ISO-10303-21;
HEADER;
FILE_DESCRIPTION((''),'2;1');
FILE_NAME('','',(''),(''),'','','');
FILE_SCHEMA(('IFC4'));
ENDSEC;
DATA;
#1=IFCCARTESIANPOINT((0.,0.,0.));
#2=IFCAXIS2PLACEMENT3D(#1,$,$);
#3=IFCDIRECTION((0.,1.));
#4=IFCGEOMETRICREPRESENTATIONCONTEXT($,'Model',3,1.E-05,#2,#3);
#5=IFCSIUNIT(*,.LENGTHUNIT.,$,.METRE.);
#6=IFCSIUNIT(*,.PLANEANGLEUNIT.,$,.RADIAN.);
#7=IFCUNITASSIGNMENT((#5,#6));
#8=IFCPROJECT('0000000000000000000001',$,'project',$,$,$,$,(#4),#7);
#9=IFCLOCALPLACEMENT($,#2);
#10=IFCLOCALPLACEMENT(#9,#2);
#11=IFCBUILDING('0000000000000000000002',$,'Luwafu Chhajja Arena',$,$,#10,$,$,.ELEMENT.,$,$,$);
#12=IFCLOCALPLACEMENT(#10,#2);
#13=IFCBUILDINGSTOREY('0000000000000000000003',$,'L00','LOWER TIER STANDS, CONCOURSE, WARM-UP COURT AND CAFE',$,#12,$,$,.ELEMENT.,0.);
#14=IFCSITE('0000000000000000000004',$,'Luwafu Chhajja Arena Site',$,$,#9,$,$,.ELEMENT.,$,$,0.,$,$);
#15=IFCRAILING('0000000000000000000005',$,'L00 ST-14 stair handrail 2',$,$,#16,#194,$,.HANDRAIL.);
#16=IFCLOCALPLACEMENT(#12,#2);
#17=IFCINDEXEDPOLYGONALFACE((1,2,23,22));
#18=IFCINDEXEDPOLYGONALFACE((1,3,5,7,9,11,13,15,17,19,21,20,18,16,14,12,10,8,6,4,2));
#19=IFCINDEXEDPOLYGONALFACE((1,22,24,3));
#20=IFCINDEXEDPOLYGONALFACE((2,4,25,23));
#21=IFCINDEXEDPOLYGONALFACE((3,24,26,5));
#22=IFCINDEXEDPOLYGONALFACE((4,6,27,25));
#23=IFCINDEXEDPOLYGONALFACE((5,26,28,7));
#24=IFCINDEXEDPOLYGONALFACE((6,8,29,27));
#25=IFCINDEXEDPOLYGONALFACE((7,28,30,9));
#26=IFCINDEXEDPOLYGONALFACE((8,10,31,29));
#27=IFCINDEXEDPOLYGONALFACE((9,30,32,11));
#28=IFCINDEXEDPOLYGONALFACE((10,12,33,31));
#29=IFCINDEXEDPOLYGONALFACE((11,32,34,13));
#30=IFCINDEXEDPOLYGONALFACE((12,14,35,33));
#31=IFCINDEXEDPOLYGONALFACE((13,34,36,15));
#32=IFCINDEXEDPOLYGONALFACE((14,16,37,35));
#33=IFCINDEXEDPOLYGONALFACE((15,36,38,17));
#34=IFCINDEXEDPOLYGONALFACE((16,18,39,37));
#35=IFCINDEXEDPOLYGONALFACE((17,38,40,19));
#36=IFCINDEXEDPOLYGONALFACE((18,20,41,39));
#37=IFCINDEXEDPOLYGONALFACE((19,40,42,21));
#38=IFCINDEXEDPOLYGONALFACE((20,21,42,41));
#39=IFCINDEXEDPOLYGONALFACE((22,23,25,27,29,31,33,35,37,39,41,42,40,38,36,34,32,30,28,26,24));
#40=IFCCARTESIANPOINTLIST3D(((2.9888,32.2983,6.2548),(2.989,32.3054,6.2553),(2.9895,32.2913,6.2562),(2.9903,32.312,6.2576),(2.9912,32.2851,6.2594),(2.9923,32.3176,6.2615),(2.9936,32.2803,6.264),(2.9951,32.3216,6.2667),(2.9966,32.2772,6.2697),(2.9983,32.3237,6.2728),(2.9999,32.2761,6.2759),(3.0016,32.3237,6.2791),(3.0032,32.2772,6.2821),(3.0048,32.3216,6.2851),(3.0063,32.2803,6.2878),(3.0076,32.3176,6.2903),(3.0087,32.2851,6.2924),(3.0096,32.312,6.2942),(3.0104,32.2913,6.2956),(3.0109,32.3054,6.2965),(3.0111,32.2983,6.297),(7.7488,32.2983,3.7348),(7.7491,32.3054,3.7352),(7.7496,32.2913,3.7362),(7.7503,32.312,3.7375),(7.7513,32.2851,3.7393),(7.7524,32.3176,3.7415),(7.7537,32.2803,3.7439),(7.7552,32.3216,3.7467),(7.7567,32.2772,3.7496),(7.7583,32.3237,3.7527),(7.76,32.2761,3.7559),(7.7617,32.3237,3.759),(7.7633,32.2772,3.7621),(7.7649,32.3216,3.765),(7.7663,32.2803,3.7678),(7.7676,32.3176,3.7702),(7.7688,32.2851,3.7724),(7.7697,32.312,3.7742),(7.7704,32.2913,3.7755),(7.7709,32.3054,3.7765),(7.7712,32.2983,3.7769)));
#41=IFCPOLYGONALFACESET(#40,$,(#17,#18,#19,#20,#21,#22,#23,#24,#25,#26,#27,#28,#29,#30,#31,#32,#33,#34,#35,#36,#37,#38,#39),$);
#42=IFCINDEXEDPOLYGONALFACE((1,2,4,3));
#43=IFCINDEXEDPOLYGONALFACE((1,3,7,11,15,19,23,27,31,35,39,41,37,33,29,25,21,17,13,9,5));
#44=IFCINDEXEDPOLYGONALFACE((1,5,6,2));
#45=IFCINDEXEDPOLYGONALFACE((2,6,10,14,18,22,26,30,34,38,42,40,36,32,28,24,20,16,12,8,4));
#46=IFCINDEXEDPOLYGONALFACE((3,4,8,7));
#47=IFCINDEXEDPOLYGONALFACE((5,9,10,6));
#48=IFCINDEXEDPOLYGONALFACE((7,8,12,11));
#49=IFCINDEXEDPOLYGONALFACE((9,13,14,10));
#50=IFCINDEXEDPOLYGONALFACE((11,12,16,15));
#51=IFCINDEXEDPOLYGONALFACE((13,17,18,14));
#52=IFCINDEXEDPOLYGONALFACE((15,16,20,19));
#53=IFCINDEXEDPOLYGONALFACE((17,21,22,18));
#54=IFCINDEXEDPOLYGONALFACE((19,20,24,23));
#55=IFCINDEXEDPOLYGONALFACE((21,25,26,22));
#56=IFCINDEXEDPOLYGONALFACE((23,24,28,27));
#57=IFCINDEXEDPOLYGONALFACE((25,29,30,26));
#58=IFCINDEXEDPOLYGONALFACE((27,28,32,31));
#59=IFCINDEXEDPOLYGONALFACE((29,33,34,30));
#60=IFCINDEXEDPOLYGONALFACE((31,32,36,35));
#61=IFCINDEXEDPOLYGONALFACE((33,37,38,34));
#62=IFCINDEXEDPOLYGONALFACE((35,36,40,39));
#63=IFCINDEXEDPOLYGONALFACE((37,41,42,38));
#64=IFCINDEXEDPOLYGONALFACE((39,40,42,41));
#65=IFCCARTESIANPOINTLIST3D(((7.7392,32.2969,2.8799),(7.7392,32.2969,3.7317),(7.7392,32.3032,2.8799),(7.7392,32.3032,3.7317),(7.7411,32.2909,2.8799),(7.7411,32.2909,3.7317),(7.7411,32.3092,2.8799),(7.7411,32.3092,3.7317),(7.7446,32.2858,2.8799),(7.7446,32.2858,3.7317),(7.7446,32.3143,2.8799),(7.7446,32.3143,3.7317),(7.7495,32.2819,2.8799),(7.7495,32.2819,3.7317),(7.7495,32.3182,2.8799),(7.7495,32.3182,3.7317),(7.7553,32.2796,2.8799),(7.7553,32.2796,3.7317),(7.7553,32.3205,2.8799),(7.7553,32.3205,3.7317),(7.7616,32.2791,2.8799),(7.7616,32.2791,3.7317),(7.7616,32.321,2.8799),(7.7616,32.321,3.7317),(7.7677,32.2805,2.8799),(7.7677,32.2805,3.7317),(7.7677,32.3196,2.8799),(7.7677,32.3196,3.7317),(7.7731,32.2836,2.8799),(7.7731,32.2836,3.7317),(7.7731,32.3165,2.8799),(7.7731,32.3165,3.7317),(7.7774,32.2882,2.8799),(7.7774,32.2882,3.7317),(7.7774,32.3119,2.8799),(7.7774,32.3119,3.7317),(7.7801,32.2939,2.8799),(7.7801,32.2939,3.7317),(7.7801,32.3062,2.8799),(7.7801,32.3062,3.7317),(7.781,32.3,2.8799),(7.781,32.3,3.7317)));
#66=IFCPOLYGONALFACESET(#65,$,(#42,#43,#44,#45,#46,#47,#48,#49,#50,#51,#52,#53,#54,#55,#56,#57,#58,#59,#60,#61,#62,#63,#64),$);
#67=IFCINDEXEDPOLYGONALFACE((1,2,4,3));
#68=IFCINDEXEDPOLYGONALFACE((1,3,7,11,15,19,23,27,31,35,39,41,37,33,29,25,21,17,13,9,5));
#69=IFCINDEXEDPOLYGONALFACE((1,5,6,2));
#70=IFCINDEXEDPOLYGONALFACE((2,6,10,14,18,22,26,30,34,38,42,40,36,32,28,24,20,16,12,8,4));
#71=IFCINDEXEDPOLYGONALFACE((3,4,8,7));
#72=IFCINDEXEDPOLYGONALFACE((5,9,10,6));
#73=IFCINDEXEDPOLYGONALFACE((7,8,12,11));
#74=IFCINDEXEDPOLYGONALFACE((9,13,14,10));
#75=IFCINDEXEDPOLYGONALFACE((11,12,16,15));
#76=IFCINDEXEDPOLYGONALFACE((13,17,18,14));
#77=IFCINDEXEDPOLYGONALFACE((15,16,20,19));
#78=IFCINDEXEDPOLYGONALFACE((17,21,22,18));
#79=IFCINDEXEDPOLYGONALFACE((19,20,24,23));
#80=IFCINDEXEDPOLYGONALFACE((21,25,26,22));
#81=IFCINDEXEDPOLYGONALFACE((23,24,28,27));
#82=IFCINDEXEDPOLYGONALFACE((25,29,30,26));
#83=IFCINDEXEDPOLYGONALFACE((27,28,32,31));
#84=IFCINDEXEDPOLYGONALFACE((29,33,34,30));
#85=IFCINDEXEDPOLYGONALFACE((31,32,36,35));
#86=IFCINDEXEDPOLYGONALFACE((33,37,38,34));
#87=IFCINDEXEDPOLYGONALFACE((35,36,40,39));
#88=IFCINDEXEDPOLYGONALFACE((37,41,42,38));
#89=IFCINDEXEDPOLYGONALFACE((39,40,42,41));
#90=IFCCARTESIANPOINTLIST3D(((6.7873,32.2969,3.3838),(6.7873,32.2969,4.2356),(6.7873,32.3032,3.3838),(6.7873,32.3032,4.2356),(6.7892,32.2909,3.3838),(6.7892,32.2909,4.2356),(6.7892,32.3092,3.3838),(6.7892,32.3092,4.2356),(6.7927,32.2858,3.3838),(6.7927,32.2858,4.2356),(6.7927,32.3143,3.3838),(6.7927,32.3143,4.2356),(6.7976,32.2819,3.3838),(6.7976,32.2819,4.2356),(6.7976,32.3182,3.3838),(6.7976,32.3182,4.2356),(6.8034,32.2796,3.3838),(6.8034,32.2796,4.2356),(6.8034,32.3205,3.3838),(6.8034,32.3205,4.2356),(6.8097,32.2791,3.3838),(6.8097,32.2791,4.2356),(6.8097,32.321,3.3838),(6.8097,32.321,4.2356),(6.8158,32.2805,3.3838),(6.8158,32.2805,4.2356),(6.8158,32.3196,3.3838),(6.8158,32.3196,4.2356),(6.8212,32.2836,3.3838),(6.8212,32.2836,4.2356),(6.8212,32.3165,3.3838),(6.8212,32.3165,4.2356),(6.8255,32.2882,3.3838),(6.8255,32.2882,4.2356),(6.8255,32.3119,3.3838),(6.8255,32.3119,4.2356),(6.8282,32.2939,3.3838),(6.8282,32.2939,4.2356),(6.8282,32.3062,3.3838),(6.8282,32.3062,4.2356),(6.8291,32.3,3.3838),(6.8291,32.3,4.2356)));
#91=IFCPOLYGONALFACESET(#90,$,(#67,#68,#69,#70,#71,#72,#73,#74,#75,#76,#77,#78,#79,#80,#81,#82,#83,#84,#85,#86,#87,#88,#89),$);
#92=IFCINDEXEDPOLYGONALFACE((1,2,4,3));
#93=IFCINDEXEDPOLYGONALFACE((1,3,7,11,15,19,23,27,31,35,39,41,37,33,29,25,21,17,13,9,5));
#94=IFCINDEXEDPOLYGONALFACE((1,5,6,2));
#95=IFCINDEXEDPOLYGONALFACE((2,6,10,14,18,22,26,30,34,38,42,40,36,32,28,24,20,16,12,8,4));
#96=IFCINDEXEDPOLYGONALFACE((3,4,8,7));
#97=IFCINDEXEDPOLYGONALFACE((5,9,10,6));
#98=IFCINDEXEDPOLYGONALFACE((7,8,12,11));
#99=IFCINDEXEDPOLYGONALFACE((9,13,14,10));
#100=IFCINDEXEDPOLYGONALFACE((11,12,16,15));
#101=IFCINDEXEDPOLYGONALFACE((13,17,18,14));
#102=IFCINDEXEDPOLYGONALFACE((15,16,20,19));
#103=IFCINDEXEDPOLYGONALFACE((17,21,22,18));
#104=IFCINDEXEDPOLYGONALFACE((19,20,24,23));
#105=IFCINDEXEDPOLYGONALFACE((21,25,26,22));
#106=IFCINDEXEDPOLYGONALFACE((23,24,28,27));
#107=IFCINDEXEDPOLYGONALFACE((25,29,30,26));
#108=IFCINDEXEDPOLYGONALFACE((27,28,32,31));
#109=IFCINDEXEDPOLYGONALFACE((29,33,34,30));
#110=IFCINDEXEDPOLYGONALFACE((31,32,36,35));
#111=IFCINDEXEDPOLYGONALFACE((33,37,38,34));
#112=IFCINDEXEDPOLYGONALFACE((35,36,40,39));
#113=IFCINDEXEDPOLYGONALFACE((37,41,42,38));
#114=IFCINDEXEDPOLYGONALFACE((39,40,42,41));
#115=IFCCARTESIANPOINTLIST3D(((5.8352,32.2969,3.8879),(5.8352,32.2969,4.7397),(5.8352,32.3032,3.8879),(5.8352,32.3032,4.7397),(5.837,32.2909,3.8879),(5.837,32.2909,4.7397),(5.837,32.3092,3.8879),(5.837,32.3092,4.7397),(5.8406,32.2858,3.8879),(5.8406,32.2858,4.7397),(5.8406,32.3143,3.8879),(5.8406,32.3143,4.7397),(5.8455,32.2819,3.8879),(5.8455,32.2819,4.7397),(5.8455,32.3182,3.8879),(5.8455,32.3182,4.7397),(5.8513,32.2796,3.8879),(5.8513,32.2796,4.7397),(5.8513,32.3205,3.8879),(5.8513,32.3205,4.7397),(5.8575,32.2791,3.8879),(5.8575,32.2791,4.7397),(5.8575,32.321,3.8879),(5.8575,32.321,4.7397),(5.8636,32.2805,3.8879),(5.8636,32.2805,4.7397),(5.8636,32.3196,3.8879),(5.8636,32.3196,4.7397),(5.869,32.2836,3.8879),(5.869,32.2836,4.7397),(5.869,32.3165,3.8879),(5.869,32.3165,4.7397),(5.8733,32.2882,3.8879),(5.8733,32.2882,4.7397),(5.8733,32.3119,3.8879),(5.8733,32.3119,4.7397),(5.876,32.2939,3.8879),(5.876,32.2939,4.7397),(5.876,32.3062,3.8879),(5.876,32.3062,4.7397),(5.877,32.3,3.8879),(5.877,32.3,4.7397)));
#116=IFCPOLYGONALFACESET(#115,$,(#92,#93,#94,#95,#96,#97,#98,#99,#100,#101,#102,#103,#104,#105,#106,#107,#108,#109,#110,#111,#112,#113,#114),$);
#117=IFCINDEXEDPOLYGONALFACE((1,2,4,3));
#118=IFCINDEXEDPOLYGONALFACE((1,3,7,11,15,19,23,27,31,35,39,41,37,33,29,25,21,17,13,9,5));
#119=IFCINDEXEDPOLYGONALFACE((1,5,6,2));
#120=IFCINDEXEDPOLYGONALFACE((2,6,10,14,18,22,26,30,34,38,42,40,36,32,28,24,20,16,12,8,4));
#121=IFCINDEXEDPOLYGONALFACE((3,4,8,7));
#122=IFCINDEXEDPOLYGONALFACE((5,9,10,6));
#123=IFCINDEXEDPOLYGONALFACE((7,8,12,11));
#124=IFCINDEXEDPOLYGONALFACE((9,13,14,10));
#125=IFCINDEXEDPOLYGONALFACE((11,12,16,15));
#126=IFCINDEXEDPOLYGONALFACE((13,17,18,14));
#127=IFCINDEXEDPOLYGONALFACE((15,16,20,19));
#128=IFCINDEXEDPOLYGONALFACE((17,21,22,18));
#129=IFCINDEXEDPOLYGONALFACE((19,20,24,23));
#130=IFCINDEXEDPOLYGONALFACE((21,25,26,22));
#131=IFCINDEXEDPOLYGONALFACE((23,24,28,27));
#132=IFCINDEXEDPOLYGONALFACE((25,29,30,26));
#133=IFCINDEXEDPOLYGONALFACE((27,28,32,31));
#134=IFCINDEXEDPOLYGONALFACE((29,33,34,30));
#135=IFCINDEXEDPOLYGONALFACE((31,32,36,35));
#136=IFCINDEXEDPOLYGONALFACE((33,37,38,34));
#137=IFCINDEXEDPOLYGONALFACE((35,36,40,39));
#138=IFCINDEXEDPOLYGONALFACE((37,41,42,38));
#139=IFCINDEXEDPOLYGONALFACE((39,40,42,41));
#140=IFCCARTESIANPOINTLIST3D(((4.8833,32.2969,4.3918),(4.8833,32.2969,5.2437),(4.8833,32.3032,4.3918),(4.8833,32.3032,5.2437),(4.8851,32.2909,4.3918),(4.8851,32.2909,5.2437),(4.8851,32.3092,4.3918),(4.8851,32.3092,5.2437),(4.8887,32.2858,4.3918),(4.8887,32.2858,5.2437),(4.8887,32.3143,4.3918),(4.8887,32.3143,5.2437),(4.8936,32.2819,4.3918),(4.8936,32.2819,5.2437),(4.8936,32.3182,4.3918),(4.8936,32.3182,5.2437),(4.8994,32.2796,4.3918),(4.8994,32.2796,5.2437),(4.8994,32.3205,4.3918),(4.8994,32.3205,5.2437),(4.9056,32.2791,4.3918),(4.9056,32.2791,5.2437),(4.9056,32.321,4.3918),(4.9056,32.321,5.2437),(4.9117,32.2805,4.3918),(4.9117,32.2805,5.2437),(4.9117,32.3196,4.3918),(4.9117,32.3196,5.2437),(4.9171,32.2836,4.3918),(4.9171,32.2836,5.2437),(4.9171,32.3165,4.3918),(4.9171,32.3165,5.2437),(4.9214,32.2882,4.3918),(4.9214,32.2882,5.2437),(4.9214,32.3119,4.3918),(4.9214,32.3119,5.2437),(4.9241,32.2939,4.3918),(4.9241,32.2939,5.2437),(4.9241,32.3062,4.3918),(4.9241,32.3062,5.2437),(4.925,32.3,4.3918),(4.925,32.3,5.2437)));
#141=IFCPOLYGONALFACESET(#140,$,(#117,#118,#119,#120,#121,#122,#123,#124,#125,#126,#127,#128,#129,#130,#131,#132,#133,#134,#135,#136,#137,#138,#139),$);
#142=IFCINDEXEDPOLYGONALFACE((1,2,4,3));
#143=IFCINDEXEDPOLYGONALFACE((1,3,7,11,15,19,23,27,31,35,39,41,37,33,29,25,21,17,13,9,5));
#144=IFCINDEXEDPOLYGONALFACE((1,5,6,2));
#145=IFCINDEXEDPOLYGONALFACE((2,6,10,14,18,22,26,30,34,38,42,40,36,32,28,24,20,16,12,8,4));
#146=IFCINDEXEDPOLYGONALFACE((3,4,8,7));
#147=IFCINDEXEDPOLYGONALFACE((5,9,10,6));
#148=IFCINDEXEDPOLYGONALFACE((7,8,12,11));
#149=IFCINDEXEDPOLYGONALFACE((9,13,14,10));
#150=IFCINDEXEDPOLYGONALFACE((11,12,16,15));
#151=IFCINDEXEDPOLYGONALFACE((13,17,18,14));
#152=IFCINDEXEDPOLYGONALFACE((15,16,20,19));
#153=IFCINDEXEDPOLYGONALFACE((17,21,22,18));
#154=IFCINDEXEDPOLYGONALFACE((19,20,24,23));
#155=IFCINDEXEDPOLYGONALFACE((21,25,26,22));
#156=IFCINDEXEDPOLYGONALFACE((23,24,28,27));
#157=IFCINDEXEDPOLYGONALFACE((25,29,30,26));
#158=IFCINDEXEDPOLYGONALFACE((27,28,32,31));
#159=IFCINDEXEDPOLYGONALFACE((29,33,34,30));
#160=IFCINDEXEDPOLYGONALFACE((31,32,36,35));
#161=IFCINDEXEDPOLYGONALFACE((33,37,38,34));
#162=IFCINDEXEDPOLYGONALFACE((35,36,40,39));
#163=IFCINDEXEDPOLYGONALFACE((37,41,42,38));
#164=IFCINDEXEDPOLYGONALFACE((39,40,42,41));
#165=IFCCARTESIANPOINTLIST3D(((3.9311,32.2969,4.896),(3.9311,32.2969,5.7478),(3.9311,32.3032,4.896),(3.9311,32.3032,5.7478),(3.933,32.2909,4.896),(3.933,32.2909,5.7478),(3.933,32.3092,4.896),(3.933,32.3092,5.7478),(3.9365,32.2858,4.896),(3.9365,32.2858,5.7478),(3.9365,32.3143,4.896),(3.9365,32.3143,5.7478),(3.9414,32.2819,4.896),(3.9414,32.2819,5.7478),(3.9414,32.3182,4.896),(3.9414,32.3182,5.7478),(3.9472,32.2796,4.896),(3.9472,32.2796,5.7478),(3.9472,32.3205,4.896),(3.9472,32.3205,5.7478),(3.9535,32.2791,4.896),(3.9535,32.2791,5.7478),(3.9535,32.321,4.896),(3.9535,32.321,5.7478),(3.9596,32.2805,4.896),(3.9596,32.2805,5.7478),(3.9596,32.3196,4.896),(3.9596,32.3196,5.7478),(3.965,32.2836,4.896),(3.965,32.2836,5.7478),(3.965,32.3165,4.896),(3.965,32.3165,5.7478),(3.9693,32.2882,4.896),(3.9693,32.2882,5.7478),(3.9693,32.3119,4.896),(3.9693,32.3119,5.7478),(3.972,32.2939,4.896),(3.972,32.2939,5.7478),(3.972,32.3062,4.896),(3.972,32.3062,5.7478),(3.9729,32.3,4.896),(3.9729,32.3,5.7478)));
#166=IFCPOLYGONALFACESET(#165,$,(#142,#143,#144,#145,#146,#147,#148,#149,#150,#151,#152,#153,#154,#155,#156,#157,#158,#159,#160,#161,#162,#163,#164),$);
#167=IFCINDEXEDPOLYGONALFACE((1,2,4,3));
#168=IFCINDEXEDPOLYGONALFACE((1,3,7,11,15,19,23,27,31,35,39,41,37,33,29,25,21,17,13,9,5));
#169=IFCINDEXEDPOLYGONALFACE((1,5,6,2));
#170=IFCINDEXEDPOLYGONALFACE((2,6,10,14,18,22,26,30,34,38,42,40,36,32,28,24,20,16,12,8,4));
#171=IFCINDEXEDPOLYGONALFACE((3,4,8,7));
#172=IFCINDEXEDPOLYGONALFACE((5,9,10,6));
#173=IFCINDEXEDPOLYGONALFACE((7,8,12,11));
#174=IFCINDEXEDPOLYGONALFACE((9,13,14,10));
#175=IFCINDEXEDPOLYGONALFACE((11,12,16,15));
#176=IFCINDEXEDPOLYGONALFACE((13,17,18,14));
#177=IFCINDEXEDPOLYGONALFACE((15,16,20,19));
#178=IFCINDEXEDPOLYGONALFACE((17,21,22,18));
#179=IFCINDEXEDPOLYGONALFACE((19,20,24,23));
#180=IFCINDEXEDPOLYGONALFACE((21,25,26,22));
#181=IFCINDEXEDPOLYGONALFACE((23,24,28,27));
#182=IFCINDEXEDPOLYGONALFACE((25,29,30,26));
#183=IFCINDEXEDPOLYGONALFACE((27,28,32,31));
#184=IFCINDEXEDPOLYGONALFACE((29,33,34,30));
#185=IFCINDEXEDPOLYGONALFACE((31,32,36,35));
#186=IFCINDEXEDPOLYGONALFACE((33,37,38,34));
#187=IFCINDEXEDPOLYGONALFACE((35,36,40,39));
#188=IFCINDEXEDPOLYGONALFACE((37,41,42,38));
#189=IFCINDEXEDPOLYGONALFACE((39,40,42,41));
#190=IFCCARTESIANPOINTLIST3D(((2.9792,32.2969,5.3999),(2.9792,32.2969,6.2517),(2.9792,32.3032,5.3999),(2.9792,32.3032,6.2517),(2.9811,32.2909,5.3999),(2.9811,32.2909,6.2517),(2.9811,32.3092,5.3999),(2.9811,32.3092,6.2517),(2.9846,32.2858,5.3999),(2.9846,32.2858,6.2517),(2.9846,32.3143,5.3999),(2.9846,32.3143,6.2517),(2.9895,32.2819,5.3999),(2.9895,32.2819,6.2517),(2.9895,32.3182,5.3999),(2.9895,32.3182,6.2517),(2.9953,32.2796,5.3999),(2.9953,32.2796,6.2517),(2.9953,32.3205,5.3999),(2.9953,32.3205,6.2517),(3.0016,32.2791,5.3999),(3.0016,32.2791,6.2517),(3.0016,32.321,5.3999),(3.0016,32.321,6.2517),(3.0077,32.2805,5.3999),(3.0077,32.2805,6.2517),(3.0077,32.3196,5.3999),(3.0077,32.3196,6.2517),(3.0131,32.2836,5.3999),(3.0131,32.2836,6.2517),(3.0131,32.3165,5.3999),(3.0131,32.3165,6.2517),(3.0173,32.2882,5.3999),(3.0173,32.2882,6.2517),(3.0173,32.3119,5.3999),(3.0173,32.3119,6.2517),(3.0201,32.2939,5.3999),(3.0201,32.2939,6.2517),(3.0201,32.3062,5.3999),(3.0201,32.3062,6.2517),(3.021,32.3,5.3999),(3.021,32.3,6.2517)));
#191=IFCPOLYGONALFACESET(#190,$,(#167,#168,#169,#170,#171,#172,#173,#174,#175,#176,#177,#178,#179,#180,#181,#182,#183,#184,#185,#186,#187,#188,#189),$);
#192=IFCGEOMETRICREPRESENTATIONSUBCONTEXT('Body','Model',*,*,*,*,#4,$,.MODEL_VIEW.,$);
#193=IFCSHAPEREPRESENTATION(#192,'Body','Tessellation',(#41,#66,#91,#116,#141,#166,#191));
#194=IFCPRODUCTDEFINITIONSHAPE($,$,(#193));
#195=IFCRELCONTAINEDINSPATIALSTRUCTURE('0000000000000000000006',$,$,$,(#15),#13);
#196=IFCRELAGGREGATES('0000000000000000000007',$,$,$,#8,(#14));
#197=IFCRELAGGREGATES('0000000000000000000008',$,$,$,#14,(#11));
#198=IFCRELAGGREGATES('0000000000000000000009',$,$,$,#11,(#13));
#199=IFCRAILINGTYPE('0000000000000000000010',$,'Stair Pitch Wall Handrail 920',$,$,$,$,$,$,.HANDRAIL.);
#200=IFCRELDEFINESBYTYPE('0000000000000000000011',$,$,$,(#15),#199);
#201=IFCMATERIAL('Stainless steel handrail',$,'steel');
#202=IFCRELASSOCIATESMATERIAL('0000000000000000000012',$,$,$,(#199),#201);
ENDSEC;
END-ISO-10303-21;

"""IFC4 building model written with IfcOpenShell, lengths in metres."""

from ifc_helpers import new_model, si_unit, direction, frame, origin, origin_2d, place, context, subcontext, project, spatial, circle, extrude, material, type_object, element, save


model = new_model("IFC4")

# Units and contexts
model_context = context("Model", 3, precision=1e-05, world=origin(), true_north=direction((0.0, 1.0)))
body_context = subcontext(model_context, "Body", "Model", "MODEL_VIEW")
ifc_project = project(units=[si_unit("LENGTHUNIT", "METRE"), si_unit("PLANEANGLEUNIT", "RADIAN")], contexts=[model_context])

# Site, building, storey
site_placement = place(None, origin())
site = spatial("IfcSite", under=ifc_project, at=site_placement, Name="Luwafu Chhajja Arena Site", CompositionType="ELEMENT", RefElevation=0.0)
building_placement = place(site_placement, origin())
building = spatial("IfcBuilding", under=site, at=building_placement, Name="Luwafu Chhajja Arena", CompositionType="ELEMENT")
storey_placement = place(building_placement, origin())
storey = spatial("IfcBuildingStorey", under=building, at=storey_placement, Name="L00", Description="LOWER TIER STANDS, CONCOURSE, WARM-UP COURT AND CAFE", CompositionType="ELEMENT", Elevation=0.0)

# Railing
ifc_material_1 = material(Name="Stainless steel handrail", Category="steel")
railing_type_1 = type_object("IfcRailingType", Name="Stair Pitch Wall Handrail 920", PredefinedType="HANDRAIL", material=ifc_material_1)
for number, where, name in (
    (1, (7.76, 32.3, 2.8799), "L00 ST-14 stair handrail 2"),
):
    element("IfcRailing", number, at=place(storey_placement, frame(where)), inside=storey, type_object=railing_type_1, Name=name, PredefinedType="HANDRAIL", context=body_context, shape_type="SweptSolid", body=[
        extrude(circle(Radius=0.0239, at=origin_2d()), frame((0.0, 0.0, 0.876), z_axis=(-0.883787, 0.0, 0.46789), x_axis=(0.0, -1.0, 0.0)), (0.0, 0.0, 1.0), 5.386),
        extrude(circle(Radius=0.021, at=origin_2d()), origin(), (0.0, 0.0, 1.0), 0.8518),
        extrude(circle(Radius=0.021, at=origin_2d()), frame((-0.9519, 0.0, 0.5039)), (0.0, 0.0, 1.0), 0.8518),
        extrude(circle(Radius=0.021, at=origin_2d()), frame((-1.9041, 0.0, 1.0081)), (0.0, 0.0, 1.0), 0.8518),
        extrude(circle(Radius=0.021, at=origin_2d()), frame((-2.856, 0.0, 1.512)), (0.0, 0.0, 1.0), 0.8518),
        extrude(circle(Radius=0.021, at=origin_2d()), frame((-3.8081, 0.0, 2.0161)), (0.0, 0.0, 1.0), 0.8518),
        extrude(circle(Radius=0.021, at=origin_2d()), frame((-4.76, 0.0, 2.52)), (0.0, 0.0, 1.0), 0.8518),
    ])

save(model, "model.ifc")
